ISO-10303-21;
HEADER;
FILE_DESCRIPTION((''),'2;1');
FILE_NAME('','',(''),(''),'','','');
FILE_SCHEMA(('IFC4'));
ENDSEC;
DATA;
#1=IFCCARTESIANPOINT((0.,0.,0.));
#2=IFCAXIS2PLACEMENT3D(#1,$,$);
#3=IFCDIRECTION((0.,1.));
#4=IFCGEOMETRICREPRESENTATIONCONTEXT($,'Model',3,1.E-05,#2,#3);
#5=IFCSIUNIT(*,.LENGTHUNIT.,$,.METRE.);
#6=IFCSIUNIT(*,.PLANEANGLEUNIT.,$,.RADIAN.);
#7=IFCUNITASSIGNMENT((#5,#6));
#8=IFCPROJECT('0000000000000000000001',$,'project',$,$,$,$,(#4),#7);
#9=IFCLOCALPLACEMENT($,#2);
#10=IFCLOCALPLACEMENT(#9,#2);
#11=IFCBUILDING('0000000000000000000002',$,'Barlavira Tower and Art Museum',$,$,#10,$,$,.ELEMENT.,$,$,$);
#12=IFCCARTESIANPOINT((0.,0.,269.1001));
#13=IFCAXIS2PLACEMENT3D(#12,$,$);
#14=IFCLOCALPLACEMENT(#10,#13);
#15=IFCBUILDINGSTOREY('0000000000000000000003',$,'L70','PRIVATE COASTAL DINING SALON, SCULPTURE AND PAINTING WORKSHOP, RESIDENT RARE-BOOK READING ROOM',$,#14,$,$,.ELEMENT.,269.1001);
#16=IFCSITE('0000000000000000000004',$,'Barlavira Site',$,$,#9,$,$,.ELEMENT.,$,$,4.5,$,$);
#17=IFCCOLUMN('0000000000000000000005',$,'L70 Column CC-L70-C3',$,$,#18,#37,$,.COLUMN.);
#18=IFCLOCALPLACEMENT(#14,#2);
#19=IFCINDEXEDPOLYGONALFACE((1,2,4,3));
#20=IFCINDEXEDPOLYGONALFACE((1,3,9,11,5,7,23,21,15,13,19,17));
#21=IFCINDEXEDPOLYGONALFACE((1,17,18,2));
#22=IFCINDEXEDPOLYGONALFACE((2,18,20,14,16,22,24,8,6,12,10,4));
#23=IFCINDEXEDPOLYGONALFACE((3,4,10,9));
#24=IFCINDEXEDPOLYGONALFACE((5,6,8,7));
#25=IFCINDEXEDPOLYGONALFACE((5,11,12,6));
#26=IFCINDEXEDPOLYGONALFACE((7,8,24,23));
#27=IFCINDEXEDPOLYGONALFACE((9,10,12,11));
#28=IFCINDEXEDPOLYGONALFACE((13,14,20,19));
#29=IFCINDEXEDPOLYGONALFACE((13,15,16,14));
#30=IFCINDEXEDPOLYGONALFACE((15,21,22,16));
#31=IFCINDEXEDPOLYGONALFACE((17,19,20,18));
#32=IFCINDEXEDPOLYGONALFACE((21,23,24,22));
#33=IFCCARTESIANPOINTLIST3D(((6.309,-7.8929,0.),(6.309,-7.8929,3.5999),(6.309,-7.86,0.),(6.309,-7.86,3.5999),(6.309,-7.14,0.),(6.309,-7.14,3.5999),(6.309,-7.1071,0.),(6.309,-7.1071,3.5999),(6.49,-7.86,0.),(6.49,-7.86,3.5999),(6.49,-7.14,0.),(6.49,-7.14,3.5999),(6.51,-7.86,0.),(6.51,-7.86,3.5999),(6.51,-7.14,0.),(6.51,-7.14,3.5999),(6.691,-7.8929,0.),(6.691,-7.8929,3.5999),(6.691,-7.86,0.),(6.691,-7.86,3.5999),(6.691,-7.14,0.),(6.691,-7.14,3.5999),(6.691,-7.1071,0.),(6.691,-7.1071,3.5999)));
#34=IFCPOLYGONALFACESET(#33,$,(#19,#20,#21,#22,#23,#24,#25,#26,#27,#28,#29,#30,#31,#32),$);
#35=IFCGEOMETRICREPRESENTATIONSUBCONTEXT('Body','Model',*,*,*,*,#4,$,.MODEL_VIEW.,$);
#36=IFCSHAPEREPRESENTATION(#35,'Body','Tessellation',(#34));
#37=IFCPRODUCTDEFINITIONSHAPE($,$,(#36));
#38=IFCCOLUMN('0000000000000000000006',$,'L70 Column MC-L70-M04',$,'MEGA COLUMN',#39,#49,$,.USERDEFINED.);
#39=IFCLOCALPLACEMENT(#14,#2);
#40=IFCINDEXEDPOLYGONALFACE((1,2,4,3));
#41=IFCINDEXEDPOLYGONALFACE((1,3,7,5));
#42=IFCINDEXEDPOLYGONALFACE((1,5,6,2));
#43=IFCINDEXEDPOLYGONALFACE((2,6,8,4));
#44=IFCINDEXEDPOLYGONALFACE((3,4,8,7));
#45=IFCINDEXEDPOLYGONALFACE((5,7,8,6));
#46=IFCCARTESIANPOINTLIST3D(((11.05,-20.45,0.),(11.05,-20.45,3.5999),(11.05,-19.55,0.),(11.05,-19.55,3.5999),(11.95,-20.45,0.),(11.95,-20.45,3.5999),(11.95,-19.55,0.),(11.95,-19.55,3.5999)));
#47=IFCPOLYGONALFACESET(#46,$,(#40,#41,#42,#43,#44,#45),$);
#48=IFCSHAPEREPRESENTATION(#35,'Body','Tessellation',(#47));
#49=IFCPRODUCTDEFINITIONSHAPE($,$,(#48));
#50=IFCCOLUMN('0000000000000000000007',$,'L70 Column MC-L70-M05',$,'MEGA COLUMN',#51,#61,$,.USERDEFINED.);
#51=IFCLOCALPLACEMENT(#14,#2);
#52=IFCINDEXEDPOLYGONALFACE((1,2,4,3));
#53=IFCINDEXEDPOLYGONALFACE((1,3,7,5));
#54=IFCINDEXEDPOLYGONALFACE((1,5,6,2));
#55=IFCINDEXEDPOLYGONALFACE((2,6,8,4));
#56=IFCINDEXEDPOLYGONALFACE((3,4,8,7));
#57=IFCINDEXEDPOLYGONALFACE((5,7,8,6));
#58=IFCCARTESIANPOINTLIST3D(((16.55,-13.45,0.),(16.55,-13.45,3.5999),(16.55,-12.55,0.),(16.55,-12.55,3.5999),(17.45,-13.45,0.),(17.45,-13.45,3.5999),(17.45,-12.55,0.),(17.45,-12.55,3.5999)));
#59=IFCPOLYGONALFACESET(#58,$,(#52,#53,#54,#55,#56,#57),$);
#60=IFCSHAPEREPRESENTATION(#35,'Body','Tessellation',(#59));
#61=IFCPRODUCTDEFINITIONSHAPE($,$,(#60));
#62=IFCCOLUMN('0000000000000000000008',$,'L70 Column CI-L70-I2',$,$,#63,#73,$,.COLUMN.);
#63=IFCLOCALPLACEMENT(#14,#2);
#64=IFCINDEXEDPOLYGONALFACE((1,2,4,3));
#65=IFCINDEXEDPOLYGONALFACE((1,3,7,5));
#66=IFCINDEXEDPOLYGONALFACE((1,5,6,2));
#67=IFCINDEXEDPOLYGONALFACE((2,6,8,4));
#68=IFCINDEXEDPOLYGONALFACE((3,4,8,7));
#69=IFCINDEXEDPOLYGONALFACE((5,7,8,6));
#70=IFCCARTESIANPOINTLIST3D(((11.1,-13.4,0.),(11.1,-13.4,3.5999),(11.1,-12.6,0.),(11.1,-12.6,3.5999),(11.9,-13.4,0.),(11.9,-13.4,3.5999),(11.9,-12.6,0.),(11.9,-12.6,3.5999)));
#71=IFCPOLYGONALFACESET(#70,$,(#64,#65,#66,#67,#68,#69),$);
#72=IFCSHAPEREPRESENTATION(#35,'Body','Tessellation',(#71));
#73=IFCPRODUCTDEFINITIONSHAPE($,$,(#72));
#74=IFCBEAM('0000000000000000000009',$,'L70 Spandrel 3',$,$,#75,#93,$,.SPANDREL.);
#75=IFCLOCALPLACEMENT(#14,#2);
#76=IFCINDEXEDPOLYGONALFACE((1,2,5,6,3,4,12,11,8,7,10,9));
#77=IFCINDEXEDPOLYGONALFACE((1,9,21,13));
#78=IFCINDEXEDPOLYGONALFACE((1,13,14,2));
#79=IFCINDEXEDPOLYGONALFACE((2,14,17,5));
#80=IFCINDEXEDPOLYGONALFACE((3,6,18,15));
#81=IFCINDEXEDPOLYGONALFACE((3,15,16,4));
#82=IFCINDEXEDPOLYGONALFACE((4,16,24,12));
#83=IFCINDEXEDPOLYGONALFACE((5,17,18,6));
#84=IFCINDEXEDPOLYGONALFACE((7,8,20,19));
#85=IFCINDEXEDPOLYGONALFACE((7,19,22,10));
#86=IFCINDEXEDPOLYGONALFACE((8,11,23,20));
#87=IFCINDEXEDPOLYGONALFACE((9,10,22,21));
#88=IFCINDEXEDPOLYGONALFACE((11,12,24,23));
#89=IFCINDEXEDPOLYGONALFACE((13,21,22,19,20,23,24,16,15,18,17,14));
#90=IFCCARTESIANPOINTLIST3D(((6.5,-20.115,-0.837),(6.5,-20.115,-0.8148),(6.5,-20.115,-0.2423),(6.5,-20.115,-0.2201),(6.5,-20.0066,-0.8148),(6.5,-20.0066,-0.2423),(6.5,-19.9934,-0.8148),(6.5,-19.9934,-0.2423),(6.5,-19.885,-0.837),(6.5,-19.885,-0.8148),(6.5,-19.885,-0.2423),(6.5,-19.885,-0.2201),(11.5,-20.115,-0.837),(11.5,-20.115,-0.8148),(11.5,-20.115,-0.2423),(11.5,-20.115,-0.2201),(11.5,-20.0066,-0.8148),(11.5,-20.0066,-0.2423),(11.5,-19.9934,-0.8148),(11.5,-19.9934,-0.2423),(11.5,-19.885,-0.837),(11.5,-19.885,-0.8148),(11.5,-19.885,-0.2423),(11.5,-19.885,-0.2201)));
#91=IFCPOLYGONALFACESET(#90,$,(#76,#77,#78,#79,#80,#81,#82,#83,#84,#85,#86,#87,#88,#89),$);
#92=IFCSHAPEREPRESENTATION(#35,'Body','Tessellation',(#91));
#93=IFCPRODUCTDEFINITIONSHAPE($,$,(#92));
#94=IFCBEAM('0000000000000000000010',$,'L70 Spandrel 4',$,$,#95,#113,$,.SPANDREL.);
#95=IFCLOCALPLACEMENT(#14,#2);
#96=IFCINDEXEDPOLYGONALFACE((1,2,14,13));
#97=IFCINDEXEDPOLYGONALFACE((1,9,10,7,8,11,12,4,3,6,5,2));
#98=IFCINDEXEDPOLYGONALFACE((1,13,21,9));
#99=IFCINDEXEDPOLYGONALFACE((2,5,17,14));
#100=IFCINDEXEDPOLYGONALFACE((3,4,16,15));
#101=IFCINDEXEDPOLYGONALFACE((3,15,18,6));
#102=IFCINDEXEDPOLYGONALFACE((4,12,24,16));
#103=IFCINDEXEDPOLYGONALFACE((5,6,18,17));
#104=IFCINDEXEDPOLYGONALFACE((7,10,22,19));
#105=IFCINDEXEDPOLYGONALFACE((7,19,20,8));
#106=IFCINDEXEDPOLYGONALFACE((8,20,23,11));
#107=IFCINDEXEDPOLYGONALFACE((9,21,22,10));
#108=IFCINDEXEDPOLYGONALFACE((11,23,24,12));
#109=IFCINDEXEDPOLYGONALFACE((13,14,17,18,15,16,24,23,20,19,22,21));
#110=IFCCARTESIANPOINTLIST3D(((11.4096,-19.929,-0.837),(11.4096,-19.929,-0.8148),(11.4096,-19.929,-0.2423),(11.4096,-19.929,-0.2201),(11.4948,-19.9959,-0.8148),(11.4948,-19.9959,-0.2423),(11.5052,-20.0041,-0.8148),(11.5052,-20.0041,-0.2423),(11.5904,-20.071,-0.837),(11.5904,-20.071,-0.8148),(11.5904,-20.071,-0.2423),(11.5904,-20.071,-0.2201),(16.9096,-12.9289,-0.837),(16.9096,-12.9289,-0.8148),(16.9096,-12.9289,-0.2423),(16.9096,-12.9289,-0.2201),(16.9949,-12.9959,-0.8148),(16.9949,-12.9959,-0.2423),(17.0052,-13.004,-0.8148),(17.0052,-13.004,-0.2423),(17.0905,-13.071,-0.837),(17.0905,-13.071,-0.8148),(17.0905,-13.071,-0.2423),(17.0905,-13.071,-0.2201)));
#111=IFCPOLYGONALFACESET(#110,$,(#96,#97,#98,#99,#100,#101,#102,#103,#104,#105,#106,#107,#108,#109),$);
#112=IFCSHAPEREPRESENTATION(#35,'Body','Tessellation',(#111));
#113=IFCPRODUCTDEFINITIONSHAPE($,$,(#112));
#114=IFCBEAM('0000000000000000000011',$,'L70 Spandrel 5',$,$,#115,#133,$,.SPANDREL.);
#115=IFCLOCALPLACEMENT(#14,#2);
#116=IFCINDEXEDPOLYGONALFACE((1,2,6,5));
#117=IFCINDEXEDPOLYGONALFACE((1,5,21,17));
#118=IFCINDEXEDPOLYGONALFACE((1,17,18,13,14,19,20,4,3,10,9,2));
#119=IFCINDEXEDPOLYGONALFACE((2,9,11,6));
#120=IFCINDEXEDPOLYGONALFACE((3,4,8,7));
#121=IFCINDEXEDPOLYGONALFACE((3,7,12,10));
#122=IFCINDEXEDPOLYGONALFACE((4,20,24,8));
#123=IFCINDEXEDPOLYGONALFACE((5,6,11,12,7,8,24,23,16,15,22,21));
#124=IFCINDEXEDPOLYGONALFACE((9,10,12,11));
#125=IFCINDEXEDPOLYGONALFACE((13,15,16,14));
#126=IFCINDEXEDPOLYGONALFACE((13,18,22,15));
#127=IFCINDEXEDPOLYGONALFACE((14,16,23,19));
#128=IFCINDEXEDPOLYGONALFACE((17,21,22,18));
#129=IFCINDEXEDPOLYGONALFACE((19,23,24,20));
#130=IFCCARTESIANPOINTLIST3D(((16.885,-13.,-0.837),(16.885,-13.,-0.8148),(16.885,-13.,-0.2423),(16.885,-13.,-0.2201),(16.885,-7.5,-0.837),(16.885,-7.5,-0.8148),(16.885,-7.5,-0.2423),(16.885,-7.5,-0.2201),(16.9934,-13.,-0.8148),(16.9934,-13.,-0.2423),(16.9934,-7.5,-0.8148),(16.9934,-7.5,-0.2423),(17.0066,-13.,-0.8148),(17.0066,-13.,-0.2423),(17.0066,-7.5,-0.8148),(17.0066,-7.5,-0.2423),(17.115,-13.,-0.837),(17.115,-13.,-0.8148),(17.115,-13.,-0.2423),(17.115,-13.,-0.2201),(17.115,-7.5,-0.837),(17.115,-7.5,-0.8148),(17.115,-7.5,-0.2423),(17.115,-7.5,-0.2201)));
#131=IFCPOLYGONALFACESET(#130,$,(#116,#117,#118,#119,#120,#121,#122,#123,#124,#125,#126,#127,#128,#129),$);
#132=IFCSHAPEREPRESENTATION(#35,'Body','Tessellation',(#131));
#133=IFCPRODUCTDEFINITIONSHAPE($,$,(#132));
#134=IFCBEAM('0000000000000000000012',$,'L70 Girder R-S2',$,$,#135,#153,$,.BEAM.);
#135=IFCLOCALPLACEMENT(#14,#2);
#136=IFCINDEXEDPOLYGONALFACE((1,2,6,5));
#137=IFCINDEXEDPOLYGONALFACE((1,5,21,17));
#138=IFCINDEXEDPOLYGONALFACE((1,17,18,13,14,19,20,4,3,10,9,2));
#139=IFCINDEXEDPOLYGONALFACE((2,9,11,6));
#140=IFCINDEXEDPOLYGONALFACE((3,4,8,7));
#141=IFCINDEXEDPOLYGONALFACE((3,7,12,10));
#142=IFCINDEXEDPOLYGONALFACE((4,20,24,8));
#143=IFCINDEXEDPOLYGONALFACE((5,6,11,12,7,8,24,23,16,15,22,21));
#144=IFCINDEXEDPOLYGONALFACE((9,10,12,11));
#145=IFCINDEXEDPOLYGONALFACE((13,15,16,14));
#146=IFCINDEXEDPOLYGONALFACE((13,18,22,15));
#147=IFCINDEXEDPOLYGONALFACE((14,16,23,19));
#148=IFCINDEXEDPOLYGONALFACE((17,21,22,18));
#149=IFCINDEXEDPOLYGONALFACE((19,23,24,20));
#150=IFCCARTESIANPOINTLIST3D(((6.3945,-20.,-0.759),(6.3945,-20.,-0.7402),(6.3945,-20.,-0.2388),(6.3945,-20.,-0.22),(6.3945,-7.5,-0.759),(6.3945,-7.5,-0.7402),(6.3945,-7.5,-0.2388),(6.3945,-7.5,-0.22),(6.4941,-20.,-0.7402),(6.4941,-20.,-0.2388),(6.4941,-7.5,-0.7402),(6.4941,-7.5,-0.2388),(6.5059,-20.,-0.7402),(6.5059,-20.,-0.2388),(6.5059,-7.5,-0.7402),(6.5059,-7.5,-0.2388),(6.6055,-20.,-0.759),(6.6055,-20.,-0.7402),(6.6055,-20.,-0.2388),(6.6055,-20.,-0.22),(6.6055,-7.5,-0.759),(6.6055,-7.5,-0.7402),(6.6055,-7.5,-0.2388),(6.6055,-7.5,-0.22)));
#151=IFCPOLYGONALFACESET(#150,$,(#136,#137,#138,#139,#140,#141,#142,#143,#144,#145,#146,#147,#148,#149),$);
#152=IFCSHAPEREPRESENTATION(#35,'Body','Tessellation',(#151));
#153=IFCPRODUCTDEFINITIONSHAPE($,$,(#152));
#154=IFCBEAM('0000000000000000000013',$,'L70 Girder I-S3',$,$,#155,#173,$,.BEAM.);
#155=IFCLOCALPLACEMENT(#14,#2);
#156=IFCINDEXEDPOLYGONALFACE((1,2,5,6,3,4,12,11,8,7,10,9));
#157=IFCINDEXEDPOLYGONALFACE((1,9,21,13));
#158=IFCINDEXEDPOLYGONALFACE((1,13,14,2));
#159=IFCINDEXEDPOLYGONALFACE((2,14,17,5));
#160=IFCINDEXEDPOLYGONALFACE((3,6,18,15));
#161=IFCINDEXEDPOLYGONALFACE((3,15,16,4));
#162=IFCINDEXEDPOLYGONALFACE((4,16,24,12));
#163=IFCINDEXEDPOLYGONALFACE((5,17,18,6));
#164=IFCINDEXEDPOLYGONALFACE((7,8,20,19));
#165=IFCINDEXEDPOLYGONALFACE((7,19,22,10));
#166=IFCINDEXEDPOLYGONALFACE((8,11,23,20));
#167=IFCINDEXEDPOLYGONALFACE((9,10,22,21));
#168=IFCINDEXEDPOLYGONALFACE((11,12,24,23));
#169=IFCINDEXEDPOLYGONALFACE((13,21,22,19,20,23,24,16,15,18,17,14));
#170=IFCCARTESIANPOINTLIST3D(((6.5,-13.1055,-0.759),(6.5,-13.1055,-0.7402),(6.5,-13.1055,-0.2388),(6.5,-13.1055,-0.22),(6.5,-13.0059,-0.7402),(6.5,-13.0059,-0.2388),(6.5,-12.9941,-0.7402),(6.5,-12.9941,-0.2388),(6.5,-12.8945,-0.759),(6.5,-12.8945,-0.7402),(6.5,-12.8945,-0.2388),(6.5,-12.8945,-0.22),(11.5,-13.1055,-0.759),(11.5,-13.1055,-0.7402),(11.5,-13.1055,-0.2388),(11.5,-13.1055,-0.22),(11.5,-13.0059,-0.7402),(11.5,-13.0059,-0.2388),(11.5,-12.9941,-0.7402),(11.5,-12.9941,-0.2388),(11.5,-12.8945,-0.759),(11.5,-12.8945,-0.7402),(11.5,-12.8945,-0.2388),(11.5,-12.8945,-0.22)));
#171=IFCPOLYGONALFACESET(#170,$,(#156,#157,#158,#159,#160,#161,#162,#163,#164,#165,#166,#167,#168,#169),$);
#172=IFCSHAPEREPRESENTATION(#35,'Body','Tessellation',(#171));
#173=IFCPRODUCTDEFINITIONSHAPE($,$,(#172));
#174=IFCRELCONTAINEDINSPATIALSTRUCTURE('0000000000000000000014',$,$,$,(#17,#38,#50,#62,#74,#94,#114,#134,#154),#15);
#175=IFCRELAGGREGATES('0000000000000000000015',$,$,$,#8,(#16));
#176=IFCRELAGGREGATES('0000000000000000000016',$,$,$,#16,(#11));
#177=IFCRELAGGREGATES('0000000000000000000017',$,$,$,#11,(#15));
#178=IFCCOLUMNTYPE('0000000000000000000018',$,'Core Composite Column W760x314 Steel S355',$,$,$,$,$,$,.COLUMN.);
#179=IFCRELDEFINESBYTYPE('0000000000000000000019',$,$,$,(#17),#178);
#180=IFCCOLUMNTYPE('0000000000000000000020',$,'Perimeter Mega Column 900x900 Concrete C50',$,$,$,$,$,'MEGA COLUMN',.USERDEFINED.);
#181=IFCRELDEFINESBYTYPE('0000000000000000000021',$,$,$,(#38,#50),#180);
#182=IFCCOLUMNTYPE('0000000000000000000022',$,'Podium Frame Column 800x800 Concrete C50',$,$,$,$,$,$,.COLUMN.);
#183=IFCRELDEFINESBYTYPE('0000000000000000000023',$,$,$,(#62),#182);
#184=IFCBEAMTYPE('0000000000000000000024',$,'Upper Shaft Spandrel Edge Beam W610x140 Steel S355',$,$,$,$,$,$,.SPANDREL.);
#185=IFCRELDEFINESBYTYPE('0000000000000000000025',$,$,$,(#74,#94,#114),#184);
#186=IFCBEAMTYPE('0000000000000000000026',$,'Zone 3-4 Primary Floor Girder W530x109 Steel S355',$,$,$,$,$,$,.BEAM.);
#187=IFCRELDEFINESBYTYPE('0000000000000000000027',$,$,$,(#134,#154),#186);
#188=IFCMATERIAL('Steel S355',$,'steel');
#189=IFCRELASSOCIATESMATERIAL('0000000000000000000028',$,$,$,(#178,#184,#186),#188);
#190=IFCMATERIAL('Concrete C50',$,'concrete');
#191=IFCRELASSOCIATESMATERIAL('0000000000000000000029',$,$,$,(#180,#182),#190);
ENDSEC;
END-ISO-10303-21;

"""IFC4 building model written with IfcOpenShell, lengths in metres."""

from ifc_helpers import new_model, si_unit, direction, frame, origin, origin_2d, place, context, subcontext, project, spatial, rectangle, i_section, extrude, material, material_profile, profile_set, type_object, element, save


model = new_model("IFC4")

# Units and contexts
model_context = context("Model", 3, precision=1e-05, world=origin(), true_north=direction((0.0, 1.0)))
body_context = subcontext(model_context, "Body", "Model", "MODEL_VIEW")
ifc_project = project(units=[si_unit("LENGTHUNIT", "METRE"), si_unit("PLANEANGLEUNIT", "RADIAN")], contexts=[model_context])

# Site, building, storey
site_placement = place(None, origin())
site = spatial("IfcSite", under=ifc_project, at=site_placement, Name="Barlavira Site", CompositionType="ELEMENT", RefElevation=4.5)
building_placement = place(site_placement, origin())
building = spatial("IfcBuilding", under=site, at=building_placement, Name="Barlavira Tower and Art Museum", CompositionType="ELEMENT")
storey_placement = place(building_placement, frame((0.0, 0.0, 269.1001)))
storey = spatial("IfcBuildingStorey", under=building, at=storey_placement, Name="L70", Description="PRIVATE COASTAL DINING SALON, SCULPTURE AND PAINTING WORKSHOP, RESIDENT RARE-BOOK READING ROOM", CompositionType="ELEMENT", Elevation=269.1001)

# Columns
ifc_material_1 = material(Name="Steel S355", Category="steel")
ifc_material_profile_1 = material_profile(ifc_material_1, i_section(OverallWidth=0.3821, OverallDepth=0.7859, WebThickness=0.02, FlangeThickness=0.033, at=origin_2d()), Name="W760x314.0")
ifc_profile_set_1 = profile_set([ifc_material_profile_1], Name="Steel S355")
column_type_1 = type_object("IfcColumnType", Name="Core Composite Column W760x314 Steel S355", PredefinedType="COLUMN", material=ifc_profile_set_1)
column_1_placement = place(storey_placement, frame((6.5, -7.5, 0.0), z_axis=(0.0, 0.0, 1.0), x_axis=(1.0, 0.0, 0.0)))
element("IfcColumn", 1, at=column_1_placement, inside=storey, type_object=column_type_1, Name="L70 Column CC-L70-C3", PredefinedType="COLUMN", context=body_context, shape_type="SweptSolid", body=[
    extrude(i_section(OverallWidth=0.3821, OverallDepth=0.7859, WebThickness=0.02, FlangeThickness=0.033, at=origin_2d()), origin(), (0.0, 0.0, 1.0), 3.5999),
])
ifc_material_2 = material(Name="Concrete C50", Category="concrete")
ifc_material_profile_2 = material_profile(ifc_material_2, rectangle(XDim=0.8999, YDim=0.8999, at=origin_2d()), Name="RC-COL 900x900")
ifc_profile_set_2 = profile_set([ifc_material_profile_2], Name="Concrete C50")
column_type_2 = type_object("IfcColumnType", Name="Perimeter Mega Column 900x900 Concrete C50", ElementType="MEGA COLUMN", PredefinedType="USERDEFINED", material=ifc_profile_set_2)
for number, where, z_axis, x_axis, name in (
    (2, (11.5, -20.0, 0.0), (0.0, 0.0, 1.0), (1.0, 0.0, 0.0), "L70 Column MC-L70-M04"),
    (3, (17.0, -13.0, 0.0), (0.0, 0.0, 1.0), (1.0, 0.0, 0.0), "L70 Column MC-L70-M05"),
):
    element("IfcColumn", number, at=place(storey_placement, frame(where, z_axis=z_axis, x_axis=x_axis)), inside=storey, type_object=column_type_2, Name=name, ObjectType="MEGA COLUMN", PredefinedType="USERDEFINED", context=body_context, shape_type="SweptSolid", body=[
        extrude(rectangle(XDim=0.8999, YDim=0.8999, at=origin_2d()), origin(), (0.0, 0.0, 1.0), 3.5999),
    ])
ifc_material_profile_3 = material_profile(ifc_material_2, rectangle(XDim=0.8, YDim=0.8, at=origin_2d()), Name="RC-COL 800x800")
ifc_profile_set_3 = profile_set([ifc_material_profile_3], Name="Concrete C50")
column_type_3 = type_object("IfcColumnType", Name="Podium Frame Column 800x800 Concrete C50", PredefinedType="COLUMN", material=ifc_profile_set_3)
column_2_placement = place(storey_placement, frame((11.5, -13.0, 0.0), z_axis=(0.0, 0.0, 1.0), x_axis=(1.0, 0.0, 0.0)))
element("IfcColumn", 4, at=column_2_placement, inside=storey, type_object=column_type_3, Name="L70 Column CI-L70-I2", PredefinedType="COLUMN", context=body_context, shape_type="SweptSolid", body=[
    extrude(rectangle(XDim=0.8, YDim=0.8, at=origin_2d()), origin(), (0.0, 0.0, 1.0), 3.5999),
])

# Beams
ifc_material_profile_4 = material_profile(ifc_material_1, i_section(OverallWidth=0.23, OverallDepth=0.6169, WebThickness=0.0132, FlangeThickness=0.0222, at=origin_2d()), Name="W610x140.0")
ifc_profile_set_4 = profile_set([ifc_material_profile_4], Name="Steel S355")
beam_type_1 = type_object("IfcBeamType", Name="Upper Shaft Spandrel Edge Beam W610x140 Steel S355", PredefinedType="SPANDREL", material=ifc_profile_set_4)
beam_1_placement = place(storey_placement, frame((6.5, -20.0, -0.5286), z_axis=(1.0, 0.0, 0.0), x_axis=(0.0, 1.0, 0.0)))
element("IfcBeam", 5, at=beam_1_placement, inside=storey, type_object=beam_type_1, Name="L70 Spandrel 3", PredefinedType="SPANDREL", context=body_context, shape_type="SweptSolid", body=[
    extrude(i_section(OverallWidth=0.23, OverallDepth=0.6169, WebThickness=0.0132, FlangeThickness=0.0222, at=origin_2d()), origin(), (0.0, 0.0, 1.0), 5.0),
])
beam_2_placement = place(storey_placement, frame((11.5, -20.0, -0.5286), z_axis=(0.617822, 0.786318, 0.0), x_axis=(-0.786318, 0.617822, 0.0)))
element("IfcBeam", 6, at=beam_2_placement, inside=storey, type_object=beam_type_1, Name="L70 Spandrel 4", PredefinedType="SPANDREL", context=body_context, shape_type="SweptSolid", body=[
    extrude(i_section(OverallWidth=0.23, OverallDepth=0.6169, WebThickness=0.0132, FlangeThickness=0.0222, at=origin_2d()), origin(), (0.0, 0.0, 1.0), 8.9023),
])
beam_3_placement = place(storey_placement, frame((17.0, -13.0, -0.5286), z_axis=(0.0, 1.0, 0.0), x_axis=(-1.0, 0.0, 0.0)))
element("IfcBeam", 7, at=beam_3_placement, inside=storey, type_object=beam_type_1, Name="L70 Spandrel 5", PredefinedType="SPANDREL", context=body_context, shape_type="SweptSolid", body=[
    extrude(i_section(OverallWidth=0.23, OverallDepth=0.6169, WebThickness=0.0132, FlangeThickness=0.0222, at=origin_2d()), origin(), (0.0, 0.0, 1.0), 5.5),
])
ifc_material_profile_5 = material_profile(ifc_material_1, i_section(OverallWidth=0.2109, OverallDepth=0.5391, WebThickness=0.0117, FlangeThickness=0.0188, at=origin_2d()), Name="W530x109.0")
ifc_profile_set_5 = profile_set([ifc_material_profile_5], Name="Steel S355")
beam_type_2 = type_object("IfcBeamType", Name="Zone 3-4 Primary Floor Girder W530x109 Steel S355", PredefinedType="BEAM", material=ifc_profile_set_5)
beam_4_placement = place(storey_placement, frame((6.5, -20.0, -0.4895), z_axis=(0.0, 1.0, 0.0), x_axis=(-1.0, 0.0, 0.0)))
element("IfcBeam", 8, at=beam_4_placement, inside=storey, type_object=beam_type_2, Name="L70 Girder R-S2", PredefinedType="BEAM", context=body_context, shape_type="SweptSolid", body=[
    extrude(i_section(OverallWidth=0.2109, OverallDepth=0.5391, WebThickness=0.0117, FlangeThickness=0.0188, at=origin_2d()), origin(), (0.0, 0.0, 1.0), 12.5),
])
beam_5_placement = place(storey_placement, frame((6.5, -13.0, -0.4895), z_axis=(1.0, 0.0, 0.0), x_axis=(0.0, 1.0, 0.0)))
element("IfcBeam", 9, at=beam_5_placement, inside=storey, type_object=beam_type_2, Name="L70 Girder I-S3", PredefinedType="BEAM", context=body_context, shape_type="SweptSolid", body=[
    extrude(i_section(OverallWidth=0.2109, OverallDepth=0.5391, WebThickness=0.0117, FlangeThickness=0.0188, at=origin_2d()), origin(), (0.0, 0.0, 1.0), 5.0),
])

save(model, "model.ifc")
